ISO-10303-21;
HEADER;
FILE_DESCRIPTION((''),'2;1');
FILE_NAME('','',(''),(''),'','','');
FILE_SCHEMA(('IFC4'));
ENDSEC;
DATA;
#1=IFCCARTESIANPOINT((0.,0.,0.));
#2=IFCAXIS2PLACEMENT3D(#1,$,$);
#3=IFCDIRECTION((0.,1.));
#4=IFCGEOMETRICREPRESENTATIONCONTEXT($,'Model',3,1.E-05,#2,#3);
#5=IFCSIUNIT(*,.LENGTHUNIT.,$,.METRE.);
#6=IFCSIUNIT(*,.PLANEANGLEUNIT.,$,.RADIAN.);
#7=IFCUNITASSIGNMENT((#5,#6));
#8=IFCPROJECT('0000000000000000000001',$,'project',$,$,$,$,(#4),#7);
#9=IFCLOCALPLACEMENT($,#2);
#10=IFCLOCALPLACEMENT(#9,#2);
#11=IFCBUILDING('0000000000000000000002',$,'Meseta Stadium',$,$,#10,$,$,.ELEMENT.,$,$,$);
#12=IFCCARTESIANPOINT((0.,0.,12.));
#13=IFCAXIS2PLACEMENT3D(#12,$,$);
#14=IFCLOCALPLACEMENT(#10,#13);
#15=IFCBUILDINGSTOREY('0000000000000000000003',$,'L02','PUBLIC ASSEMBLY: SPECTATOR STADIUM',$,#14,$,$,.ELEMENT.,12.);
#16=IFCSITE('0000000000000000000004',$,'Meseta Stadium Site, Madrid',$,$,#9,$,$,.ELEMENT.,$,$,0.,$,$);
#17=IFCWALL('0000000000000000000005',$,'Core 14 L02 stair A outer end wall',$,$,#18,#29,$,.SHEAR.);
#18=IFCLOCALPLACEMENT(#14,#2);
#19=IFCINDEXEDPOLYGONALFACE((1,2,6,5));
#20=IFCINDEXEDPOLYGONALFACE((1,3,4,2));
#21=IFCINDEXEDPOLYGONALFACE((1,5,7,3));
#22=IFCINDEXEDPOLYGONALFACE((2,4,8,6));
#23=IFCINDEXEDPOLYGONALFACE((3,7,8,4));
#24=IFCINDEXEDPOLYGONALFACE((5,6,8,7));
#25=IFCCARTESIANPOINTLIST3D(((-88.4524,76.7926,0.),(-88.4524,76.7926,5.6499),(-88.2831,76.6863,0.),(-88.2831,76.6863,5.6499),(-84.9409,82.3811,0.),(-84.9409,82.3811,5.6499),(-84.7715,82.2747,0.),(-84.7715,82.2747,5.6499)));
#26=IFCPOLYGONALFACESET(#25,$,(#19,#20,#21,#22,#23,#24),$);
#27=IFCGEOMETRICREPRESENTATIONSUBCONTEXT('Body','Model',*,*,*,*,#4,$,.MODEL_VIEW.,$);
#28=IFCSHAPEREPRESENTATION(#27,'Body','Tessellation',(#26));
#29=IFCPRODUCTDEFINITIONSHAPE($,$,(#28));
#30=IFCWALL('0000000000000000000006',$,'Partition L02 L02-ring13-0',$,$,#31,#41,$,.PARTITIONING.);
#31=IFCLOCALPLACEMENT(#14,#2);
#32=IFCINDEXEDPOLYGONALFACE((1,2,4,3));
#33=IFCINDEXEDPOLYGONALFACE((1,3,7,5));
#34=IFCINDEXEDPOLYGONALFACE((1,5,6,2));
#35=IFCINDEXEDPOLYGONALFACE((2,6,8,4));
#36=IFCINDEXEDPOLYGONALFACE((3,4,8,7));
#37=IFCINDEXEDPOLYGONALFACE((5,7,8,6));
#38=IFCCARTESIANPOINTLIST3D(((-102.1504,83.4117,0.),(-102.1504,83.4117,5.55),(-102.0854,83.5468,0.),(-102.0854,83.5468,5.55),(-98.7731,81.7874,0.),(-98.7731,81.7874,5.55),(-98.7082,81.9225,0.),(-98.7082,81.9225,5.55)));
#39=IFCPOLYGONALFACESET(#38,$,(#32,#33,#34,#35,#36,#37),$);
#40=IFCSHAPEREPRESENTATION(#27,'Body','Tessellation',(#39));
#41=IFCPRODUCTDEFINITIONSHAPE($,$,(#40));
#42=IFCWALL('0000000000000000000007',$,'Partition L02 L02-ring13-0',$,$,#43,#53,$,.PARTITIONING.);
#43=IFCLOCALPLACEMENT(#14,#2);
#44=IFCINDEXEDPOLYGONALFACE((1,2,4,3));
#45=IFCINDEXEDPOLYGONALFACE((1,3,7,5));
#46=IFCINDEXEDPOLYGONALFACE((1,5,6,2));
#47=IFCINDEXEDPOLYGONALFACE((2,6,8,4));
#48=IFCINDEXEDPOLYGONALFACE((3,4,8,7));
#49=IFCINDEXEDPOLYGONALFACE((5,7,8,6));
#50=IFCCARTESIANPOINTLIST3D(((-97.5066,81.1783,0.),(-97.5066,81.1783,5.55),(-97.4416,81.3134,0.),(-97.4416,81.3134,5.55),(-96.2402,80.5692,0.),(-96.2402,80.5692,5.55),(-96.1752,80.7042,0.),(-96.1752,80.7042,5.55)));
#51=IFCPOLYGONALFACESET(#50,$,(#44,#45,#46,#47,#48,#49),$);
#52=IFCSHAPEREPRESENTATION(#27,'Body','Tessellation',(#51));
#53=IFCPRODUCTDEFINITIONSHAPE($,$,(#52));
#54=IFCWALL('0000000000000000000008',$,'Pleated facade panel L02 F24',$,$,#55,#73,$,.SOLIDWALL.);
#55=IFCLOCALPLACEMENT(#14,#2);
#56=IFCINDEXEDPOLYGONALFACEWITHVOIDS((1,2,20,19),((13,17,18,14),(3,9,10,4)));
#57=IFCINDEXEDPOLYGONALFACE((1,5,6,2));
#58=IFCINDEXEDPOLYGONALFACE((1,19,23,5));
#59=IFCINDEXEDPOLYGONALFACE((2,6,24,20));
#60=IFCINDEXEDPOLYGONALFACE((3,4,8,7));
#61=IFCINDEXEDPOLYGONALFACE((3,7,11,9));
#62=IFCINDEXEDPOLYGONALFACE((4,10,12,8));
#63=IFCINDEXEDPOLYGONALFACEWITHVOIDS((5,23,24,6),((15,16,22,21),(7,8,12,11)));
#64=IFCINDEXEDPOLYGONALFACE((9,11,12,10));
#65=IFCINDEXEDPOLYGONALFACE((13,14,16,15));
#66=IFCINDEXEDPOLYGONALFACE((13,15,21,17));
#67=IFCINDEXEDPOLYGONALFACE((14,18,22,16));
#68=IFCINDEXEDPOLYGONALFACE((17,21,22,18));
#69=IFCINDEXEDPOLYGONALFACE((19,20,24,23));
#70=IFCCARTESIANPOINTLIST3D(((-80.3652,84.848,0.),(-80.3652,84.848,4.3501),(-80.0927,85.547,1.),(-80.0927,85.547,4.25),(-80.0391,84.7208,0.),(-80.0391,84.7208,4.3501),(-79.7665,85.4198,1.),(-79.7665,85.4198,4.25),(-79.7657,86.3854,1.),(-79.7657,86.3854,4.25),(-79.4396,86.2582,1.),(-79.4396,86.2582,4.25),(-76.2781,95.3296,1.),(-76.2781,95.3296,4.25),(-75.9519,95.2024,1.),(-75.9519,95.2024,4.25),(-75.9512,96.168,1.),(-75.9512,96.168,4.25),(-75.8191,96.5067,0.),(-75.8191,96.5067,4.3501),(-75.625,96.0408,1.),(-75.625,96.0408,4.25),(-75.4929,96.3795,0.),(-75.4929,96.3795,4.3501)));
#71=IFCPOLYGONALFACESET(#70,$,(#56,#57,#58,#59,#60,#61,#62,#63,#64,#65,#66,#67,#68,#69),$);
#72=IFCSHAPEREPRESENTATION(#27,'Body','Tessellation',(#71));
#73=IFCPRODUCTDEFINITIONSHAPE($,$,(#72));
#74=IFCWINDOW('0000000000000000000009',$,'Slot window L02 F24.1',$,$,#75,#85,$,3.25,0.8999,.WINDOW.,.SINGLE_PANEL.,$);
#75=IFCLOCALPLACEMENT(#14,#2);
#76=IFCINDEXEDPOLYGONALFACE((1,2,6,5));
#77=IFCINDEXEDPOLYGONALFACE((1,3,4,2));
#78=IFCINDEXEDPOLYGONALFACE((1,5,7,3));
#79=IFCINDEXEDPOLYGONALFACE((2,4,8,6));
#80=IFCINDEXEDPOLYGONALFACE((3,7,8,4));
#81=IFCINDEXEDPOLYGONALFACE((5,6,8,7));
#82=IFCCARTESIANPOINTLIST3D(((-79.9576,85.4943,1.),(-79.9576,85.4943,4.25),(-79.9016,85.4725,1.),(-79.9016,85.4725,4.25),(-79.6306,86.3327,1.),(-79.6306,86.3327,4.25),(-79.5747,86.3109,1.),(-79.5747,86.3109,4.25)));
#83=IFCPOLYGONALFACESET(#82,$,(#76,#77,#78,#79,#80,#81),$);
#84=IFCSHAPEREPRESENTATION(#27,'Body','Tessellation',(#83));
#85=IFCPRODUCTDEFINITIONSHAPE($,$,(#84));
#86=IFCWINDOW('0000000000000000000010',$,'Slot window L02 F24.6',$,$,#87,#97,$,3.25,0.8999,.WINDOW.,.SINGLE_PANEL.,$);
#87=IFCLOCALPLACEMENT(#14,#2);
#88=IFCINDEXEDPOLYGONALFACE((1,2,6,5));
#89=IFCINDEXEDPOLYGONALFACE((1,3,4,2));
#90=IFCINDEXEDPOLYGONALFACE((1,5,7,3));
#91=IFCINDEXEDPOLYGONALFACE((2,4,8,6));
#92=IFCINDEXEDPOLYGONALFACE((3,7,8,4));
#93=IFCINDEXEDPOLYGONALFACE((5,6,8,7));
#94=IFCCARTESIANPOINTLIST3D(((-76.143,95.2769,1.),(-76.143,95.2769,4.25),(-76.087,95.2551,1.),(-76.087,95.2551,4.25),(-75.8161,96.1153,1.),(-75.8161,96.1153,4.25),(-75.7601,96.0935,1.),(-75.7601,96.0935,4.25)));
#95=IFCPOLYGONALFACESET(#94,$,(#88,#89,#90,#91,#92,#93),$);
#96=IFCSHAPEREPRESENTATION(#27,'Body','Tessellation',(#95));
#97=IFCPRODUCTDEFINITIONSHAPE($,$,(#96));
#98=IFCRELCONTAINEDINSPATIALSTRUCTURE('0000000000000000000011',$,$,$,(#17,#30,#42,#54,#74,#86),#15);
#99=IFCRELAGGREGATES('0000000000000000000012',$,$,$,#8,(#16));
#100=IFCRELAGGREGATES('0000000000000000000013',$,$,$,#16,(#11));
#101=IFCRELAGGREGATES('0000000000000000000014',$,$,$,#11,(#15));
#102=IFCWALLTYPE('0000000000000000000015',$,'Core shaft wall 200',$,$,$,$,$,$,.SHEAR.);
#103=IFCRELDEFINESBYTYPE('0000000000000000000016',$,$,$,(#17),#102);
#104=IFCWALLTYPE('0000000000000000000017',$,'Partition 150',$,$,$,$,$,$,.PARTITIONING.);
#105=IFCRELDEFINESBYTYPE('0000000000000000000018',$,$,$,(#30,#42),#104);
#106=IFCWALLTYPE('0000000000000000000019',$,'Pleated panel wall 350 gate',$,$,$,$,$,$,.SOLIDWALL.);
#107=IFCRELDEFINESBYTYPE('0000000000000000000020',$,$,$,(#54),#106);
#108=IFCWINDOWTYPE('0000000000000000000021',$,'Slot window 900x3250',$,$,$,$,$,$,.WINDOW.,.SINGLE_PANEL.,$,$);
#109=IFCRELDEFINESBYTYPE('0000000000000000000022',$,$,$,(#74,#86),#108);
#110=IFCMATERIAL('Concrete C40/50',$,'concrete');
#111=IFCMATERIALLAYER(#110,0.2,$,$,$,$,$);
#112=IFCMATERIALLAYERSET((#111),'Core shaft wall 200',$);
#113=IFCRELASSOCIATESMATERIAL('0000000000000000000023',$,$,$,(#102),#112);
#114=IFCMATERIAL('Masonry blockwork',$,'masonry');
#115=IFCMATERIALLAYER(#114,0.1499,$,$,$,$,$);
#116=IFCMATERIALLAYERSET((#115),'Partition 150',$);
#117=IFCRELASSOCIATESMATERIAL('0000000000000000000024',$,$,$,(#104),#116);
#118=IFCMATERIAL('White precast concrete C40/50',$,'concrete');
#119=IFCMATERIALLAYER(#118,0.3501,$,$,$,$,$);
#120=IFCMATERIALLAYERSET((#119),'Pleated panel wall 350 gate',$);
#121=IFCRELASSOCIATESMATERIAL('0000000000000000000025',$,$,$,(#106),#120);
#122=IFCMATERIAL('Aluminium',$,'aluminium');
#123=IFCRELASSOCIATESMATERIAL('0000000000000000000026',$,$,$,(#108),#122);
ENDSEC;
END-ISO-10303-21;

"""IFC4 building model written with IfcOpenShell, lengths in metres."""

from ifc_helpers import new_model, si_unit, direction, frame, frame_2d, origin, place, context, subcontext, project, spatial, rectangle, extrude, material, layer, layer_set, type_object, element, fill, save


model = new_model("IFC4")

# Units and contexts
model_context = context("Model", 3, precision=1e-05, world=origin(), true_north=direction((0.0, 1.0)))
body_context = subcontext(model_context, "Body", "Model", "MODEL_VIEW")
ifc_project = project(units=[si_unit("LENGTHUNIT", "METRE"), si_unit("PLANEANGLEUNIT", "RADIAN")], contexts=[model_context])

# Site, building, storey
site_placement = place(None, origin())
site = spatial("IfcSite", under=ifc_project, at=site_placement, Name="Meseta Stadium Site, Madrid", CompositionType="ELEMENT", RefElevation=0.0)
building_placement = place(site_placement, origin())
building = spatial("IfcBuilding", under=site, at=building_placement, Name="Meseta Stadium", CompositionType="ELEMENT")
storey_placement = place(building_placement, frame((0.0, 0.0, 12.0)))
storey = spatial("IfcBuildingStorey", under=building, at=storey_placement, Name="L02", Description="PUBLIC ASSEMBLY: SPECTATOR STADIUM", CompositionType="ELEMENT", Elevation=12.0)

# Walls
ifc_material_1 = material(Name="Concrete C40/50", Category="concrete")
ifc_layer_1 = layer(ifc_material_1, 0.2)
ifc_layer_set_1 = layer_set([ifc_layer_1], Name="Core shaft wall 200")
wall_type_1 = type_object("IfcWallType", Name="Core shaft wall 200", PredefinedType="SHEAR", material=ifc_layer_set_1)
wall_1_placement = place(storey_placement, frame((-84.8562, 82.3279, 0.0), z_axis=(0.0, 0.0, 1.0), x_axis=(-0.532039, -0.84672, 0.0)))
element("IfcWall", 1, at=wall_1_placement, inside=storey, type_object=wall_type_1, Name="Core 14 L02 stair A outer end wall", PredefinedType="SHEAR", context=body_context, shape_type="SweptSolid", body=[
    extrude(rectangle(XDim=6.6001, YDim=0.2, at=frame_2d((3.3, 0.0))), origin(), (0.0, 0.0, 1.0), 5.6499),
])
ifc_material_2 = material(Name="Masonry blockwork", Category="masonry")
ifc_layer_2 = layer(ifc_material_2, 0.1499)
ifc_layer_set_2 = layer_set([ifc_layer_2], Name="Partition 150")
wall_type_2 = type_object("IfcWallType", Name="Partition 150", PredefinedType="PARTITIONING", material=ifc_layer_set_2)
wall_2_placement = place(storey_placement, frame((-102.1179, 83.4792, 0.0), z_axis=(0.0, 0.0, 1.0), x_axis=(0.901188, -0.433428, 0.0)))
element("IfcWall", 2, at=wall_2_placement, inside=storey, type_object=wall_type_2, Name="Partition L02 L02-ring13-0", PredefinedType="PARTITIONING", context=body_context, shape_type="SweptSolid", body=[
    extrude(rectangle(XDim=3.7476, YDim=0.1499, at=frame_2d((1.8738, 0.0))), origin(), (0.0, 0.0, 1.0), 5.55),
])
wall_3_placement = place(storey_placement, frame((-97.4741, 81.2458, 0.0), z_axis=(0.0, 0.0, 1.0), x_axis=(0.901168, -0.433471, 0.0)))
element("IfcWall", 3, at=wall_3_placement, inside=storey, type_object=wall_type_2, Name="Partition L02 L02-ring13-0", PredefinedType="PARTITIONING", context=body_context, shape_type="SweptSolid", body=[
    extrude(rectangle(XDim=1.4053, YDim=0.1499, at=frame_2d((0.7026, 0.0))), origin(), (0.0, 0.0, 1.0), 5.55),
])

# Wall, openings, windows
ifc_material_3 = material(Name="White precast concrete C40/50", Category="concrete")
ifc_layer_3 = layer(ifc_material_3, 0.3501)
ifc_layer_set_3 = layer_set([ifc_layer_3], Name="Pleated panel wall 350 gate")
wall_type_3 = type_object("IfcWallType", Name="Pleated panel wall 350 gate", PredefinedType="SOLIDWALL", material=ifc_layer_set_3)
wall_4_placement = place(storey_placement, frame((-80.2021, 84.7844, 0.0), z_axis=(0.0, 0.0, 1.0), x_axis=(0.363293, 0.931675, 0.0)))
wall_4 = element("IfcWall", 4, at=wall_4_placement, inside=storey, type_object=wall_type_3, Name="Pleated facade panel L02 F24", PredefinedType="SOLIDWALL", context=body_context, shape_type="SweptSolid", body=[
    extrude(rectangle(XDim=12.5137, YDim=0.3501, at=frame_2d((6.2568, 0.0))), origin(), (0.0, 0.0, 1.0), 4.3501),
])
opening_1_placement = place(wall_4_placement, frame((0.7502, 0.0, 1.0)))
opening_1 = element("IfcOpeningElement", 5, at=opening_1_placement, cuts=wall_4, PredefinedType="OPENING", context=body_context, shape_type="SweptSolid", body=[
    extrude(rectangle(XDim=0.8999, YDim=3.25, at=frame_2d((0.45, 1.625))), frame((0.0, 0.1851, 0.0), z_axis=(0.0, -1.0, 0.0), x_axis=(1.0, 0.0, 0.0)), (0.0, 0.0, 1.0), 0.3701),
])
opening_2_placement = place(wall_4_placement, frame((11.2502, 0.0, 1.0)))
opening_2 = element("IfcOpeningElement", 6, at=opening_2_placement, cuts=wall_4, PredefinedType="OPENING", context=body_context, shape_type="SweptSolid", body=[
    extrude(rectangle(XDim=0.8999, YDim=3.25, at=frame_2d((0.45, 1.625))), frame((0.0, 0.1851, 0.0), z_axis=(0.0, -1.0, 0.0), x_axis=(1.0, 0.0, 0.0)), (0.0, 0.0, 1.0), 0.3701),
])
ifc_material_4 = material(Name="Aluminium", Category="aluminium")
window_type = type_object("IfcWindowType", Name="Slot window 900x3250", PartitioningType="SINGLE_PANEL", PredefinedType="WINDOW", material=ifc_material_4)
window_1_placement = place(opening_1_placement, origin())
window_1 = element("IfcWindow", 7, at=window_1_placement, inside=storey, type_object=window_type, Name="Slot window L02 F24.1", OverallHeight=3.25, OverallWidth=0.8999, PartitioningType="SINGLE_PANEL", PredefinedType="WINDOW", context=body_context, shape_type="SweptSolid", body=[
    extrude(rectangle(XDim=0.8999, YDim=3.25, at=frame_2d((0.45, 1.625))), frame((0.0, 0.03, 0.0), z_axis=(0.0, -1.0, 0.0), x_axis=(1.0, 0.0, 0.0)), (0.0, 0.0, 1.0), 0.0601),
])
fill(opening_1, window_1)
window_2_placement = place(opening_2_placement, origin())
window_2 = element("IfcWindow", 8, at=window_2_placement, inside=storey, type_object=window_type, Name="Slot window L02 F24.6", OverallHeight=3.25, OverallWidth=0.8999, PartitioningType="SINGLE_PANEL", PredefinedType="WINDOW", context=body_context, shape_type="SweptSolid", body=[
    extrude(rectangle(XDim=0.8999, YDim=3.25, at=frame_2d((0.45, 1.625))), frame((0.0, 0.03, 0.0), z_axis=(0.0, -1.0, 0.0), x_axis=(1.0, 0.0, 0.0)), (0.0, 0.0, 1.0), 0.0601),
])
fill(opening_2, window_2)

save(model, "model.ifc")
